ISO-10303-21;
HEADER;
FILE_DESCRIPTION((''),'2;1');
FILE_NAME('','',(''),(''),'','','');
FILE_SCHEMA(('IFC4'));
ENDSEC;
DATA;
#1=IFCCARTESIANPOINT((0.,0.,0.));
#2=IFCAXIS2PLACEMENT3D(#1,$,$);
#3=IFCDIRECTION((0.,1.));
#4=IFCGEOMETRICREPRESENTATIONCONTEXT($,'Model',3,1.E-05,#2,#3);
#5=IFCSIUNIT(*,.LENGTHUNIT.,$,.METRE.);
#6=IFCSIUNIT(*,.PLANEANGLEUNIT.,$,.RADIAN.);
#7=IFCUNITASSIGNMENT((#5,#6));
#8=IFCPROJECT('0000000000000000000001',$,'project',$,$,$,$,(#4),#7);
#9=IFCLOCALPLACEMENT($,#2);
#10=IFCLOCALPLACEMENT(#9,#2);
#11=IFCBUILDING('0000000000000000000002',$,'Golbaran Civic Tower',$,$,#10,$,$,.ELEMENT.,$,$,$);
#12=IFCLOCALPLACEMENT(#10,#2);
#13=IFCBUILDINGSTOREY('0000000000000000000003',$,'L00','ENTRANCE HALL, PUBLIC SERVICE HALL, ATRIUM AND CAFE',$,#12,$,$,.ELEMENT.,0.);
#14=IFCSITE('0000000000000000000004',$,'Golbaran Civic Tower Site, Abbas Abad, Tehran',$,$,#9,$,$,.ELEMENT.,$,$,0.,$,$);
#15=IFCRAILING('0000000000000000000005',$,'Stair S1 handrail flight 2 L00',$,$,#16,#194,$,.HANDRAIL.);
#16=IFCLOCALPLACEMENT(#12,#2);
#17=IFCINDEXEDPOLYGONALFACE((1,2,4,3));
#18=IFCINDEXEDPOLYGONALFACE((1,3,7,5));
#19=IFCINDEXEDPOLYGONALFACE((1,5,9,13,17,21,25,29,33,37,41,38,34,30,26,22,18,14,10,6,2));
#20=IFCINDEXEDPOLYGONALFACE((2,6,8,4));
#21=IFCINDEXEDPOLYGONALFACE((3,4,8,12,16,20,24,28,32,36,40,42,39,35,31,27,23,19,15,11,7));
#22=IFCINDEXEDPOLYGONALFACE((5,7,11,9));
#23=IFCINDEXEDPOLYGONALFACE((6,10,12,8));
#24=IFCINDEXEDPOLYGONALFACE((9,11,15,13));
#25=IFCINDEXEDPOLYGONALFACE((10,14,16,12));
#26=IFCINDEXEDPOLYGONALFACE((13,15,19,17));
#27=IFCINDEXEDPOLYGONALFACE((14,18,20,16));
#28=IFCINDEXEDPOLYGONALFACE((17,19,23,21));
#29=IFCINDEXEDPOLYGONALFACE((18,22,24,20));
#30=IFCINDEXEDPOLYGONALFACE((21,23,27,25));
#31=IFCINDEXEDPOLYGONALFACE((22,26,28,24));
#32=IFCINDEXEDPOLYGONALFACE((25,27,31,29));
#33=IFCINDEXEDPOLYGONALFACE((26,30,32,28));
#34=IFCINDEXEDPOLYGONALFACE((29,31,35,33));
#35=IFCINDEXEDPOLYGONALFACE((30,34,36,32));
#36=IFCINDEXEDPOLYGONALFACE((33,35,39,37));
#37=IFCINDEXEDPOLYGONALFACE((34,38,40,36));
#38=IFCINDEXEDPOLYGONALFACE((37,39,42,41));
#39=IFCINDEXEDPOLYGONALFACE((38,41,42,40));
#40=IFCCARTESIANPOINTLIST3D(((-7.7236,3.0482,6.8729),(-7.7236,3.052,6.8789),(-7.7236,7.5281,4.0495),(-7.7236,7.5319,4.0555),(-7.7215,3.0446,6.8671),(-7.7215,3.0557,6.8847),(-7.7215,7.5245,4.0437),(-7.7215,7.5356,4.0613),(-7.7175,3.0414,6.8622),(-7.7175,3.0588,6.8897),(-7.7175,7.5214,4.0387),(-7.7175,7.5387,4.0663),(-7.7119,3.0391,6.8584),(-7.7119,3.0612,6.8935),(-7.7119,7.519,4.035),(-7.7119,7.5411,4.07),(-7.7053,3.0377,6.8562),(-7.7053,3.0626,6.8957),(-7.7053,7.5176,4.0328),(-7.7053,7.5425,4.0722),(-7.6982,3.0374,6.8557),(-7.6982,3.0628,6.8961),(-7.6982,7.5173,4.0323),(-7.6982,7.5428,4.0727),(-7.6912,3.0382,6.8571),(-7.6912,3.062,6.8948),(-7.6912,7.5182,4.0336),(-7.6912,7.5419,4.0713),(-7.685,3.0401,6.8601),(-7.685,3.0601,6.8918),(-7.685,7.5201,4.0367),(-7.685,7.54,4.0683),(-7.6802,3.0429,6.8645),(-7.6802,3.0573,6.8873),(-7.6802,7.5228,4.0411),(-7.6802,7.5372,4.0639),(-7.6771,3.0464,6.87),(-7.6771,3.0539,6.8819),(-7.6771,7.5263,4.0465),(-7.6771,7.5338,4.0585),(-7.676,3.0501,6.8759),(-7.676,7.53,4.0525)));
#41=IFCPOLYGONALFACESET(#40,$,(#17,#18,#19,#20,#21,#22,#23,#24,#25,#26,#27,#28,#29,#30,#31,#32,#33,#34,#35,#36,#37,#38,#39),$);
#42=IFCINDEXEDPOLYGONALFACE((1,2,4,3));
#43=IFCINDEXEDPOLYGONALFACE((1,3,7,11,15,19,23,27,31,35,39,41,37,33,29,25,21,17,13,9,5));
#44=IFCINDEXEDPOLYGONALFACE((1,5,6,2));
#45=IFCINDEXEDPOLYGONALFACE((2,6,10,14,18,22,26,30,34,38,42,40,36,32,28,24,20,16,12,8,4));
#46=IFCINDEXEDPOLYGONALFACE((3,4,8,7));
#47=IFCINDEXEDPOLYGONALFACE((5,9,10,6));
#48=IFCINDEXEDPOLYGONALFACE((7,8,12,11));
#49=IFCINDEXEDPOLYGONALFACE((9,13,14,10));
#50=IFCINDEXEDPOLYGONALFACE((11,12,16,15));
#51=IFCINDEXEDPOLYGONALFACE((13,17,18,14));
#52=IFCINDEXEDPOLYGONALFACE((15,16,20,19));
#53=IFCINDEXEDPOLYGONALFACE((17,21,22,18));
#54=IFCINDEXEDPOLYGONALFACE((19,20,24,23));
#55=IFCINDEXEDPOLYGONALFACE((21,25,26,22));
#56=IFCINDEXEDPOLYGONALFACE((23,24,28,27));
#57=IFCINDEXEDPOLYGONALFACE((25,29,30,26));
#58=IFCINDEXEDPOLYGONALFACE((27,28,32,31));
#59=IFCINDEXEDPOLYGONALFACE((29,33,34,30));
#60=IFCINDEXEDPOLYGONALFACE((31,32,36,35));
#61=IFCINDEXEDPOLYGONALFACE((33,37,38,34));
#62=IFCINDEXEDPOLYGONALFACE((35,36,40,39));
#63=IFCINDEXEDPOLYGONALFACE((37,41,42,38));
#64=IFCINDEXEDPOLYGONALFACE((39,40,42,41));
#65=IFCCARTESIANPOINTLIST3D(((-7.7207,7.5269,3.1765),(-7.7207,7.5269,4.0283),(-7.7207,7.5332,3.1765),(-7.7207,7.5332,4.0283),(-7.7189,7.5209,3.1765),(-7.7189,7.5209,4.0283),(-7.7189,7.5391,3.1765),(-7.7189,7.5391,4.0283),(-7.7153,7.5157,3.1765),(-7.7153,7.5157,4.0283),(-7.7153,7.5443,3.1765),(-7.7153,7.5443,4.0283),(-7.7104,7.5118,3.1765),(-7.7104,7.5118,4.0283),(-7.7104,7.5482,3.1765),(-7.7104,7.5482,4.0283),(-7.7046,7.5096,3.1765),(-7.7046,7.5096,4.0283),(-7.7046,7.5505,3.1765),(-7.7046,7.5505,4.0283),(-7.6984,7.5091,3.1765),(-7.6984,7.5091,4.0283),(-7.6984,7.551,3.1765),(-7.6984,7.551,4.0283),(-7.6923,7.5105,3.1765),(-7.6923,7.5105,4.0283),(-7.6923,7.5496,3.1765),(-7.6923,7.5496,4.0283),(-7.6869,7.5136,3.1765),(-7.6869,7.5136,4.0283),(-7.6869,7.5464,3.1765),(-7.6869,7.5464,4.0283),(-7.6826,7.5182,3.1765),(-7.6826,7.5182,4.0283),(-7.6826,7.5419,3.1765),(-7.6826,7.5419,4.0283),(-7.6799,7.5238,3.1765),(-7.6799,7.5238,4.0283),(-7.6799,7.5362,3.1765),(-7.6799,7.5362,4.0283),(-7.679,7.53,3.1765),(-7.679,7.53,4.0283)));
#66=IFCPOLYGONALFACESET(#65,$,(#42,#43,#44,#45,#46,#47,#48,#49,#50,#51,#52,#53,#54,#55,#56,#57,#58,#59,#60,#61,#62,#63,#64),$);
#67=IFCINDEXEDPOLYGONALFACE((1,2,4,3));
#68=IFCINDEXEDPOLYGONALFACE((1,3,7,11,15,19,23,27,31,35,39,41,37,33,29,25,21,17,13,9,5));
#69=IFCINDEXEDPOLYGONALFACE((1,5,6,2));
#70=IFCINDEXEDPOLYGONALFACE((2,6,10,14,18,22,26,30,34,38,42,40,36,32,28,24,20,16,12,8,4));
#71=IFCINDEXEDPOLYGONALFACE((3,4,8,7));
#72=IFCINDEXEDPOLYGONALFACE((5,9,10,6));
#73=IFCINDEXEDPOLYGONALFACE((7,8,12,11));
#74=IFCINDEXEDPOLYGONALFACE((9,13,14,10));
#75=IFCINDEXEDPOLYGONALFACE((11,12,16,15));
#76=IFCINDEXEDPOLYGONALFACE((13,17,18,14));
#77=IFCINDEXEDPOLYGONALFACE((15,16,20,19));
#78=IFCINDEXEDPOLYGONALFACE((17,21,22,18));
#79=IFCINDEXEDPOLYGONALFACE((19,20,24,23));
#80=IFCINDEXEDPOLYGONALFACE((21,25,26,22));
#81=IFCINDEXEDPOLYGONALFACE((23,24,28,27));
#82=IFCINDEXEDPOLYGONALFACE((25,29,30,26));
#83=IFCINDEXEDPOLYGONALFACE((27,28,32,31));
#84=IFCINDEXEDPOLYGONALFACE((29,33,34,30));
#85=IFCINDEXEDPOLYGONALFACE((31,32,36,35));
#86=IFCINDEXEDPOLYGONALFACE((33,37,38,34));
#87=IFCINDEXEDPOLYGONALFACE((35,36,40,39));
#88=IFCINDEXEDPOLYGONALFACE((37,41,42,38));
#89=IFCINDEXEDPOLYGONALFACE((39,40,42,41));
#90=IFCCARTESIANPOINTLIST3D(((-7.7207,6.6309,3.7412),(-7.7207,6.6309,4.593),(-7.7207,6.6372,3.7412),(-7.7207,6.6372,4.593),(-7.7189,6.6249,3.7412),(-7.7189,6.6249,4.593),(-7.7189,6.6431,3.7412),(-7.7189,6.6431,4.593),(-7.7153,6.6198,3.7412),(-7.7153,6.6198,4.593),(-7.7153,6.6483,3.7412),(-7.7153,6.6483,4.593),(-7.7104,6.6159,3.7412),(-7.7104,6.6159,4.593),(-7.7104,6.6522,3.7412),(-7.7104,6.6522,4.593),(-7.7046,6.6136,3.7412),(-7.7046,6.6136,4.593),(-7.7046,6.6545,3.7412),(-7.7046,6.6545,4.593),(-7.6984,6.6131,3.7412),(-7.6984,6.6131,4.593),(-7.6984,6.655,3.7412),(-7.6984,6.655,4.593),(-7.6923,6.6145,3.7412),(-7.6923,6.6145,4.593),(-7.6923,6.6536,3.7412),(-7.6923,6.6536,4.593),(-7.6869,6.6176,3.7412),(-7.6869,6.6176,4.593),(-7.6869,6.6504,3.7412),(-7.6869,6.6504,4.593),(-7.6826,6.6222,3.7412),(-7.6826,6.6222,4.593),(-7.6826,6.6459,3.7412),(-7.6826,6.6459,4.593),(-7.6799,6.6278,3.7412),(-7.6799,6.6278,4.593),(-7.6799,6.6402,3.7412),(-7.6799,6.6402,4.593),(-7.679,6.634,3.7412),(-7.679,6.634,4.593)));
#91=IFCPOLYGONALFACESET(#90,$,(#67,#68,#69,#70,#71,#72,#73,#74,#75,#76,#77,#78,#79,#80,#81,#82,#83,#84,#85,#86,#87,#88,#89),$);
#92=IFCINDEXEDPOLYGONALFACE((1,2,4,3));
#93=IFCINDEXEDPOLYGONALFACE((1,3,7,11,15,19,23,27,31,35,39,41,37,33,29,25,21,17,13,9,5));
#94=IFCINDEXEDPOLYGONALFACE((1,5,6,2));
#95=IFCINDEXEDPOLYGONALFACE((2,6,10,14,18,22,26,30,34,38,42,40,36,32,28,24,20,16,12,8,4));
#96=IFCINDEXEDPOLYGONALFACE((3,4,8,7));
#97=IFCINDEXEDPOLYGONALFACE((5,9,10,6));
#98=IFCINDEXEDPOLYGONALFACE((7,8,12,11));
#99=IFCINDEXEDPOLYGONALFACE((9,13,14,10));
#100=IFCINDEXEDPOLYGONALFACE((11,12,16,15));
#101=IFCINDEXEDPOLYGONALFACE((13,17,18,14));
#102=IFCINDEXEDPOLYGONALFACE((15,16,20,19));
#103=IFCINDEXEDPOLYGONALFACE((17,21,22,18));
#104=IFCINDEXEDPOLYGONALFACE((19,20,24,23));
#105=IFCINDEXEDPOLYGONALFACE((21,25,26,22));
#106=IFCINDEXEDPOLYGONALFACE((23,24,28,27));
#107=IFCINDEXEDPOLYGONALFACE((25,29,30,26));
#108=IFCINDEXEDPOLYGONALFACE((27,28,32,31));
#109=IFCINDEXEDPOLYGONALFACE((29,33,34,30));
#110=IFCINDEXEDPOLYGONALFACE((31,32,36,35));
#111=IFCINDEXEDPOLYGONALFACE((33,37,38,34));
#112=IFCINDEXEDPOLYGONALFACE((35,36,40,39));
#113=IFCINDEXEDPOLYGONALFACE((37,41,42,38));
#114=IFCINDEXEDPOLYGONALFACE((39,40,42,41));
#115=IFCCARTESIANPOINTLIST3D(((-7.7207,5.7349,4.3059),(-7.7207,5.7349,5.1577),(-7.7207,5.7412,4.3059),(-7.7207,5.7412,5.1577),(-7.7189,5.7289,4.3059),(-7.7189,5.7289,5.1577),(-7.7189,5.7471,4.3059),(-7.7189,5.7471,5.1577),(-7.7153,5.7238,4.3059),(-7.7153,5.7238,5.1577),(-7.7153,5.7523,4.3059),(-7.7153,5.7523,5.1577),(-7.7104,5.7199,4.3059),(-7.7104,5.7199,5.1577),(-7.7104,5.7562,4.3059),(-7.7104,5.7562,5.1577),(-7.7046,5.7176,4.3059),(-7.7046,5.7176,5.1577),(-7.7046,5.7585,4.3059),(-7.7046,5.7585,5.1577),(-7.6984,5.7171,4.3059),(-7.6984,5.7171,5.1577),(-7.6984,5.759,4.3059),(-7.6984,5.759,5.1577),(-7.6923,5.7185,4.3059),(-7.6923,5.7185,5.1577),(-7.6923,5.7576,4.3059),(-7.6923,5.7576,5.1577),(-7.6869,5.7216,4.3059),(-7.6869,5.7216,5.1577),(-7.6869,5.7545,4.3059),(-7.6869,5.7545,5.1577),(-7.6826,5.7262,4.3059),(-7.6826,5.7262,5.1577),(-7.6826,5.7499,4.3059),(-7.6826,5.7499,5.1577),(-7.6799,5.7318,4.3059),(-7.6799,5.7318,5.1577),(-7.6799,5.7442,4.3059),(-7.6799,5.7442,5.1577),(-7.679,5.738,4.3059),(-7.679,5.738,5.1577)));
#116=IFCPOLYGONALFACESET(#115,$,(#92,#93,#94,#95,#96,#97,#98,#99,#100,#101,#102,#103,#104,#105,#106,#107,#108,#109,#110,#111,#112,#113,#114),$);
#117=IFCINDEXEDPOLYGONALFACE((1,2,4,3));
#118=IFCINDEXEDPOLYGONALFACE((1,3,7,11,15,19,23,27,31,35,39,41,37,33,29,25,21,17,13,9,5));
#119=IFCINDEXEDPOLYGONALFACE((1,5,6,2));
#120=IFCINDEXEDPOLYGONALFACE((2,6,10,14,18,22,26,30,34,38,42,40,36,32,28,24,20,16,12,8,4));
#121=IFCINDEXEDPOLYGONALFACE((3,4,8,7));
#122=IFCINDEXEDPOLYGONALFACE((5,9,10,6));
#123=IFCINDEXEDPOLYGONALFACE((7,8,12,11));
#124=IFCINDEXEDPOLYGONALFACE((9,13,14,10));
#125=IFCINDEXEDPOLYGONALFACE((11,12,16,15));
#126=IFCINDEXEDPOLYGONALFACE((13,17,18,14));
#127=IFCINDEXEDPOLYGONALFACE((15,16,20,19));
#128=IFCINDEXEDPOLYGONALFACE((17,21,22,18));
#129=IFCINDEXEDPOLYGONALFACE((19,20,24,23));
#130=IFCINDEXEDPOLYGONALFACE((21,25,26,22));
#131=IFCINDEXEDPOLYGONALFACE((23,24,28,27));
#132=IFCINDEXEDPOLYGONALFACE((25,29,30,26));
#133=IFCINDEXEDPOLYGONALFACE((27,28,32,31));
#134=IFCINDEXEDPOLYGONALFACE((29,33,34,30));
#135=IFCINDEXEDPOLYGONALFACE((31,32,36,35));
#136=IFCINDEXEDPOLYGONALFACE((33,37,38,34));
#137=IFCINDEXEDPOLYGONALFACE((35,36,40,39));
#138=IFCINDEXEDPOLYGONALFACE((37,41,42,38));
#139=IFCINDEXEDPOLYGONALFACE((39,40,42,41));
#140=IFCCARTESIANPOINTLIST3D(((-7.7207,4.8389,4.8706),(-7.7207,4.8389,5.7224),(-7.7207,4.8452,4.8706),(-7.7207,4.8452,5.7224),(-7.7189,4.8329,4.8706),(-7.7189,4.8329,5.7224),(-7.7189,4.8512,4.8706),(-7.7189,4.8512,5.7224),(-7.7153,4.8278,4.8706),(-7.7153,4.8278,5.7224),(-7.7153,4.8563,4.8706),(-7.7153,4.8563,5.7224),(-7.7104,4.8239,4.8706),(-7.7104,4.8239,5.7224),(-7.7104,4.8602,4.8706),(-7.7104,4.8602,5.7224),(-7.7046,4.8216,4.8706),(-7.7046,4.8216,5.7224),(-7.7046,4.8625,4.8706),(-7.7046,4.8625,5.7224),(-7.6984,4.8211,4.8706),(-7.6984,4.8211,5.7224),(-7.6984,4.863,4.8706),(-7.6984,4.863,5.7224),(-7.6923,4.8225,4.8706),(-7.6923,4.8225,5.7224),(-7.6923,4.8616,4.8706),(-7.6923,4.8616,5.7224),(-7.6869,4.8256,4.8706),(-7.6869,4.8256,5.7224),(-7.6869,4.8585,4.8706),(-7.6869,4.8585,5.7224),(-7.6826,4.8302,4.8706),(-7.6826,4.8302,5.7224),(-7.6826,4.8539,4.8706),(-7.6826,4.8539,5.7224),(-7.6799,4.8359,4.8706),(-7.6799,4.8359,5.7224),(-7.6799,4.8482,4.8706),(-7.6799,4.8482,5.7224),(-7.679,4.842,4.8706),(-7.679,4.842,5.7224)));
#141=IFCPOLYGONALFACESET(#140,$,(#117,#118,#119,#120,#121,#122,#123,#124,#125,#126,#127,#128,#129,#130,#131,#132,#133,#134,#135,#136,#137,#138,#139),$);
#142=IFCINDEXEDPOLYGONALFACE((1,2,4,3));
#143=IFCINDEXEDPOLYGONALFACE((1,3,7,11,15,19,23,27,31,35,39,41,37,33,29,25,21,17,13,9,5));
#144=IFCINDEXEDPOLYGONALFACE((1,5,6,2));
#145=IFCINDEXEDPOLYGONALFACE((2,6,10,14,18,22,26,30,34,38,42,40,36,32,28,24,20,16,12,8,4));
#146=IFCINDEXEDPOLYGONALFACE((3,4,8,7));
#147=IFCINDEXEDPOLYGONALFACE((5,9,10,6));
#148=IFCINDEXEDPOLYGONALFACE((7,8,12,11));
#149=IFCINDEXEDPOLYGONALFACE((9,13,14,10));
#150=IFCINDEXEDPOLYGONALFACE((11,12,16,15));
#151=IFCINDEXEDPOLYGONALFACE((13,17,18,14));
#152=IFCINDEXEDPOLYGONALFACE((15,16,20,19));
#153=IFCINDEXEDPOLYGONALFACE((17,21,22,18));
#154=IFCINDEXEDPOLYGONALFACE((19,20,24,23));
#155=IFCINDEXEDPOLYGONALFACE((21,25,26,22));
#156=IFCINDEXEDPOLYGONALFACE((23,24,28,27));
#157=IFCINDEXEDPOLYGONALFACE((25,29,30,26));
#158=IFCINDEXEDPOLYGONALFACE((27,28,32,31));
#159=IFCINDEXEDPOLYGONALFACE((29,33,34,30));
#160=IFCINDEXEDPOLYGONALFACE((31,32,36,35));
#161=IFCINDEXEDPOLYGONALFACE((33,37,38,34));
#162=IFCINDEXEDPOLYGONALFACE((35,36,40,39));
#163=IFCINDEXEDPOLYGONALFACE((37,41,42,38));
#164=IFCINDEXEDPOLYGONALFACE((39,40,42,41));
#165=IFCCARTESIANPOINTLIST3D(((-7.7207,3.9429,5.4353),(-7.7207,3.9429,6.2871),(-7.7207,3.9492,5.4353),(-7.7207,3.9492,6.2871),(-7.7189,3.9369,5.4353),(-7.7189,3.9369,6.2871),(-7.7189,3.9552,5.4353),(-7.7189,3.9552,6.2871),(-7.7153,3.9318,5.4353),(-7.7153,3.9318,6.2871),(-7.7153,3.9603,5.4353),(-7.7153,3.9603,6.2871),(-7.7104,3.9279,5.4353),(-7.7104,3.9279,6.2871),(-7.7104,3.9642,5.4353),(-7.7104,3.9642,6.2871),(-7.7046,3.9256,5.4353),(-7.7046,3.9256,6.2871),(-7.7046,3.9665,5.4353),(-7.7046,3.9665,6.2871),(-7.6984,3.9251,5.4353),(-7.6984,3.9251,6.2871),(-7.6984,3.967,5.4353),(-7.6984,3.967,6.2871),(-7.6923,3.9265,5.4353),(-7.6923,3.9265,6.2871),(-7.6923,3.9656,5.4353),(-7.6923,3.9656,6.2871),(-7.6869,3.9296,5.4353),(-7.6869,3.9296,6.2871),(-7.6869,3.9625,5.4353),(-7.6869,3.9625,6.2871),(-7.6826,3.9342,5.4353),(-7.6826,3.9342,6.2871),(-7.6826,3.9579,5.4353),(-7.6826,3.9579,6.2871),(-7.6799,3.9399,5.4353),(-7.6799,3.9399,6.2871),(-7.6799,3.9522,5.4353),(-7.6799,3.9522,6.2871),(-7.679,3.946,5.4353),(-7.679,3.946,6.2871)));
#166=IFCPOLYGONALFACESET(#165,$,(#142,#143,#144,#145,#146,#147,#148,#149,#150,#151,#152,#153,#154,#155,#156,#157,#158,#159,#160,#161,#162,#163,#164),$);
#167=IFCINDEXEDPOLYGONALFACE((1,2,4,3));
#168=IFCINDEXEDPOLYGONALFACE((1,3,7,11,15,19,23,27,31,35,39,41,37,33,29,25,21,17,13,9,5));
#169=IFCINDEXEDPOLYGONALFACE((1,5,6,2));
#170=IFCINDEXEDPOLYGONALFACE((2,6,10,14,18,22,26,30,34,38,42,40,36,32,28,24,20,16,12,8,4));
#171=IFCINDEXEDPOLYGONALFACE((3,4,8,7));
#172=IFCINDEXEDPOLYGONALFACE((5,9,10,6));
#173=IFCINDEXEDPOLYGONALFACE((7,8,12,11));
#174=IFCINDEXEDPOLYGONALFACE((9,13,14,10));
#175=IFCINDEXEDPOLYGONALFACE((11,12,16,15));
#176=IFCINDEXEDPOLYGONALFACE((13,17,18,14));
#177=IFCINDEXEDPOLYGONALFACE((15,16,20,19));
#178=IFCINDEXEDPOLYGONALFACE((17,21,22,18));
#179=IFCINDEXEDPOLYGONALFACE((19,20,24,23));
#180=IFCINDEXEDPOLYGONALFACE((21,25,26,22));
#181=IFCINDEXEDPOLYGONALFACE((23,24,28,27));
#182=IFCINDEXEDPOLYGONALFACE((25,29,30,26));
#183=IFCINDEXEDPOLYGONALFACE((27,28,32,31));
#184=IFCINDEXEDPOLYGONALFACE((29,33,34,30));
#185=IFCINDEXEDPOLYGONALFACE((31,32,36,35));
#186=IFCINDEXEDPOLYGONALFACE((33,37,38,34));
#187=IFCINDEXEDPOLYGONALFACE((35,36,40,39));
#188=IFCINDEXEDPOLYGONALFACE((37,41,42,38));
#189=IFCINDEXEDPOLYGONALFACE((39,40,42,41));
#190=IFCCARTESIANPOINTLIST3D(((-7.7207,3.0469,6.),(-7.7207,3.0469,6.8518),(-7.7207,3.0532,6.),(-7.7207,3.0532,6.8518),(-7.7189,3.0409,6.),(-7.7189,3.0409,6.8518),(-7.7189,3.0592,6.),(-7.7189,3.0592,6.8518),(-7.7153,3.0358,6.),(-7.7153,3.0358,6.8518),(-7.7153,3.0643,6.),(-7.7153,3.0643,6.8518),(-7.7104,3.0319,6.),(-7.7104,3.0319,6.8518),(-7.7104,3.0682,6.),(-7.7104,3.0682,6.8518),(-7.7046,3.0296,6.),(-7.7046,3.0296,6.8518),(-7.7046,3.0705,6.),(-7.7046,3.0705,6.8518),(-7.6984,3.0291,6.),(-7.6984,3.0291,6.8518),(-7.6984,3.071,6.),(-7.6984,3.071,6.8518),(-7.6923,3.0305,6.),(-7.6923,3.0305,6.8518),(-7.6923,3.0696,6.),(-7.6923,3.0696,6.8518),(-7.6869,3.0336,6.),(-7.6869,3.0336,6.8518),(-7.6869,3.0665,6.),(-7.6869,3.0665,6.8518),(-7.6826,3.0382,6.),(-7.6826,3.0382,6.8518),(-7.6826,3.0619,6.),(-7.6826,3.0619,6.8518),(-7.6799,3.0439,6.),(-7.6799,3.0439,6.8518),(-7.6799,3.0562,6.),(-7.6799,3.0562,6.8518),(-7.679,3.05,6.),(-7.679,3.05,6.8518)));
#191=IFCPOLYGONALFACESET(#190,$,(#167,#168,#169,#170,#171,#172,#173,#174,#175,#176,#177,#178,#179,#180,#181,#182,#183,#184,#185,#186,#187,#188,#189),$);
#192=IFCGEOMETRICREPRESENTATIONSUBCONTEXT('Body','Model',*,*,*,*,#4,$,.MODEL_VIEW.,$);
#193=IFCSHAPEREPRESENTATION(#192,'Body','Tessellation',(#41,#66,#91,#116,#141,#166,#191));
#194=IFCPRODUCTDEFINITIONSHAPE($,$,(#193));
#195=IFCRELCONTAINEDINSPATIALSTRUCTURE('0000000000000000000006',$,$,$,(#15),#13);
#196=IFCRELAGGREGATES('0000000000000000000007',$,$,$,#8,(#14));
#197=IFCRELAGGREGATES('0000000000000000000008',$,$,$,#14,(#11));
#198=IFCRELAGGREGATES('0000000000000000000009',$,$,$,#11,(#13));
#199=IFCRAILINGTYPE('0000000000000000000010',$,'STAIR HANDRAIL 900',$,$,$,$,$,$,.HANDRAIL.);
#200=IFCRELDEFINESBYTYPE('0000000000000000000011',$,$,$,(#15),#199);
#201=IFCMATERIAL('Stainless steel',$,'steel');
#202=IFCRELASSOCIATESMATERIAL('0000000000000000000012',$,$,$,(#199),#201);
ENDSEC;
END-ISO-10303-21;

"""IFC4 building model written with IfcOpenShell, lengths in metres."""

from ifc_helpers import new_model, si_unit, direction, frame, origin, origin_2d, place, context, subcontext, project, spatial, circle, extrude, material, type_object, element, save


model = new_model("IFC4")

# Units and contexts
model_context = context("Model", 3, precision=1e-05, world=origin(), true_north=direction((0.0, 1.0)))
body_context = subcontext(model_context, "Body", "Model", "MODEL_VIEW")
ifc_project = project(units=[si_unit("LENGTHUNIT", "METRE"), si_unit("PLANEANGLEUNIT", "RADIAN")], contexts=[model_context])

# Site, building, storey
site_placement = place(None, origin())
site = spatial("IfcSite", under=ifc_project, at=site_placement, Name="Golbaran Civic Tower Site, Abbas Abad, Tehran", CompositionType="ELEMENT", RefElevation=0.0)
building_placement = place(site_placement, origin())
building = spatial("IfcBuilding", under=site, at=building_placement, Name="Golbaran Civic Tower", CompositionType="ELEMENT")
storey_placement = place(building_placement, origin())
storey = spatial("IfcBuildingStorey", under=building, at=storey_placement, Name="L00", Description="ENTRANCE HALL, PUBLIC SERVICE HALL, ATRIUM AND CAFE", CompositionType="ELEMENT", Elevation=0.0)

# Shared definitions
ifc_material_1 = material(Name="Stainless steel", Category="steel")

# Railing
railing_type = type_object("IfcRailingType", Name="STAIR HANDRAIL 900", PredefinedType="HANDRAIL", material=ifc_material_1)
railing_1_placement = place(storey_placement, frame((-7.7, 7.53, 3.1765)))
element("IfcRailing", 1, at=railing_1_placement, inside=storey, type_object=railing_type, Name="Stair S1 handrail flight 2 L00", PredefinedType="HANDRAIL", context=body_context, shape_type="SweptSolid", body=[
    extrude(circle(Radius=0.0239, at=origin_2d()), frame((0.0, 0.0, 0.876), z_axis=(0.0, -0.845998, 0.533186), x_axis=(1.0, 0.0, 0.0)), (0.0, 0.0, 1.0), 5.2954),
    extrude(circle(Radius=0.021, at=origin_2d()), origin(), (0.0, 0.0, 1.0), 0.8518),
    extrude(circle(Radius=0.021, at=origin_2d()), frame((0.0, -0.896, 0.5647)), (0.0, 0.0, 1.0), 0.8518),
    extrude(circle(Radius=0.021, at=origin_2d()), frame((0.0, -1.792, 1.1294)), (0.0, 0.0, 1.0), 0.8518),
    extrude(circle(Radius=0.021, at=origin_2d()), frame((0.0, -2.688, 1.6941)), (0.0, 0.0, 1.0), 0.8518),
    extrude(circle(Radius=0.021, at=origin_2d()), frame((0.0, -3.584, 2.2588)), (0.0, 0.0, 1.0), 0.8518),
    extrude(circle(Radius=0.021, at=origin_2d()), frame((0.0, -4.48, 2.8235)), (0.0, 0.0, 1.0), 0.8518),
])

save(model, "model.ifc")
